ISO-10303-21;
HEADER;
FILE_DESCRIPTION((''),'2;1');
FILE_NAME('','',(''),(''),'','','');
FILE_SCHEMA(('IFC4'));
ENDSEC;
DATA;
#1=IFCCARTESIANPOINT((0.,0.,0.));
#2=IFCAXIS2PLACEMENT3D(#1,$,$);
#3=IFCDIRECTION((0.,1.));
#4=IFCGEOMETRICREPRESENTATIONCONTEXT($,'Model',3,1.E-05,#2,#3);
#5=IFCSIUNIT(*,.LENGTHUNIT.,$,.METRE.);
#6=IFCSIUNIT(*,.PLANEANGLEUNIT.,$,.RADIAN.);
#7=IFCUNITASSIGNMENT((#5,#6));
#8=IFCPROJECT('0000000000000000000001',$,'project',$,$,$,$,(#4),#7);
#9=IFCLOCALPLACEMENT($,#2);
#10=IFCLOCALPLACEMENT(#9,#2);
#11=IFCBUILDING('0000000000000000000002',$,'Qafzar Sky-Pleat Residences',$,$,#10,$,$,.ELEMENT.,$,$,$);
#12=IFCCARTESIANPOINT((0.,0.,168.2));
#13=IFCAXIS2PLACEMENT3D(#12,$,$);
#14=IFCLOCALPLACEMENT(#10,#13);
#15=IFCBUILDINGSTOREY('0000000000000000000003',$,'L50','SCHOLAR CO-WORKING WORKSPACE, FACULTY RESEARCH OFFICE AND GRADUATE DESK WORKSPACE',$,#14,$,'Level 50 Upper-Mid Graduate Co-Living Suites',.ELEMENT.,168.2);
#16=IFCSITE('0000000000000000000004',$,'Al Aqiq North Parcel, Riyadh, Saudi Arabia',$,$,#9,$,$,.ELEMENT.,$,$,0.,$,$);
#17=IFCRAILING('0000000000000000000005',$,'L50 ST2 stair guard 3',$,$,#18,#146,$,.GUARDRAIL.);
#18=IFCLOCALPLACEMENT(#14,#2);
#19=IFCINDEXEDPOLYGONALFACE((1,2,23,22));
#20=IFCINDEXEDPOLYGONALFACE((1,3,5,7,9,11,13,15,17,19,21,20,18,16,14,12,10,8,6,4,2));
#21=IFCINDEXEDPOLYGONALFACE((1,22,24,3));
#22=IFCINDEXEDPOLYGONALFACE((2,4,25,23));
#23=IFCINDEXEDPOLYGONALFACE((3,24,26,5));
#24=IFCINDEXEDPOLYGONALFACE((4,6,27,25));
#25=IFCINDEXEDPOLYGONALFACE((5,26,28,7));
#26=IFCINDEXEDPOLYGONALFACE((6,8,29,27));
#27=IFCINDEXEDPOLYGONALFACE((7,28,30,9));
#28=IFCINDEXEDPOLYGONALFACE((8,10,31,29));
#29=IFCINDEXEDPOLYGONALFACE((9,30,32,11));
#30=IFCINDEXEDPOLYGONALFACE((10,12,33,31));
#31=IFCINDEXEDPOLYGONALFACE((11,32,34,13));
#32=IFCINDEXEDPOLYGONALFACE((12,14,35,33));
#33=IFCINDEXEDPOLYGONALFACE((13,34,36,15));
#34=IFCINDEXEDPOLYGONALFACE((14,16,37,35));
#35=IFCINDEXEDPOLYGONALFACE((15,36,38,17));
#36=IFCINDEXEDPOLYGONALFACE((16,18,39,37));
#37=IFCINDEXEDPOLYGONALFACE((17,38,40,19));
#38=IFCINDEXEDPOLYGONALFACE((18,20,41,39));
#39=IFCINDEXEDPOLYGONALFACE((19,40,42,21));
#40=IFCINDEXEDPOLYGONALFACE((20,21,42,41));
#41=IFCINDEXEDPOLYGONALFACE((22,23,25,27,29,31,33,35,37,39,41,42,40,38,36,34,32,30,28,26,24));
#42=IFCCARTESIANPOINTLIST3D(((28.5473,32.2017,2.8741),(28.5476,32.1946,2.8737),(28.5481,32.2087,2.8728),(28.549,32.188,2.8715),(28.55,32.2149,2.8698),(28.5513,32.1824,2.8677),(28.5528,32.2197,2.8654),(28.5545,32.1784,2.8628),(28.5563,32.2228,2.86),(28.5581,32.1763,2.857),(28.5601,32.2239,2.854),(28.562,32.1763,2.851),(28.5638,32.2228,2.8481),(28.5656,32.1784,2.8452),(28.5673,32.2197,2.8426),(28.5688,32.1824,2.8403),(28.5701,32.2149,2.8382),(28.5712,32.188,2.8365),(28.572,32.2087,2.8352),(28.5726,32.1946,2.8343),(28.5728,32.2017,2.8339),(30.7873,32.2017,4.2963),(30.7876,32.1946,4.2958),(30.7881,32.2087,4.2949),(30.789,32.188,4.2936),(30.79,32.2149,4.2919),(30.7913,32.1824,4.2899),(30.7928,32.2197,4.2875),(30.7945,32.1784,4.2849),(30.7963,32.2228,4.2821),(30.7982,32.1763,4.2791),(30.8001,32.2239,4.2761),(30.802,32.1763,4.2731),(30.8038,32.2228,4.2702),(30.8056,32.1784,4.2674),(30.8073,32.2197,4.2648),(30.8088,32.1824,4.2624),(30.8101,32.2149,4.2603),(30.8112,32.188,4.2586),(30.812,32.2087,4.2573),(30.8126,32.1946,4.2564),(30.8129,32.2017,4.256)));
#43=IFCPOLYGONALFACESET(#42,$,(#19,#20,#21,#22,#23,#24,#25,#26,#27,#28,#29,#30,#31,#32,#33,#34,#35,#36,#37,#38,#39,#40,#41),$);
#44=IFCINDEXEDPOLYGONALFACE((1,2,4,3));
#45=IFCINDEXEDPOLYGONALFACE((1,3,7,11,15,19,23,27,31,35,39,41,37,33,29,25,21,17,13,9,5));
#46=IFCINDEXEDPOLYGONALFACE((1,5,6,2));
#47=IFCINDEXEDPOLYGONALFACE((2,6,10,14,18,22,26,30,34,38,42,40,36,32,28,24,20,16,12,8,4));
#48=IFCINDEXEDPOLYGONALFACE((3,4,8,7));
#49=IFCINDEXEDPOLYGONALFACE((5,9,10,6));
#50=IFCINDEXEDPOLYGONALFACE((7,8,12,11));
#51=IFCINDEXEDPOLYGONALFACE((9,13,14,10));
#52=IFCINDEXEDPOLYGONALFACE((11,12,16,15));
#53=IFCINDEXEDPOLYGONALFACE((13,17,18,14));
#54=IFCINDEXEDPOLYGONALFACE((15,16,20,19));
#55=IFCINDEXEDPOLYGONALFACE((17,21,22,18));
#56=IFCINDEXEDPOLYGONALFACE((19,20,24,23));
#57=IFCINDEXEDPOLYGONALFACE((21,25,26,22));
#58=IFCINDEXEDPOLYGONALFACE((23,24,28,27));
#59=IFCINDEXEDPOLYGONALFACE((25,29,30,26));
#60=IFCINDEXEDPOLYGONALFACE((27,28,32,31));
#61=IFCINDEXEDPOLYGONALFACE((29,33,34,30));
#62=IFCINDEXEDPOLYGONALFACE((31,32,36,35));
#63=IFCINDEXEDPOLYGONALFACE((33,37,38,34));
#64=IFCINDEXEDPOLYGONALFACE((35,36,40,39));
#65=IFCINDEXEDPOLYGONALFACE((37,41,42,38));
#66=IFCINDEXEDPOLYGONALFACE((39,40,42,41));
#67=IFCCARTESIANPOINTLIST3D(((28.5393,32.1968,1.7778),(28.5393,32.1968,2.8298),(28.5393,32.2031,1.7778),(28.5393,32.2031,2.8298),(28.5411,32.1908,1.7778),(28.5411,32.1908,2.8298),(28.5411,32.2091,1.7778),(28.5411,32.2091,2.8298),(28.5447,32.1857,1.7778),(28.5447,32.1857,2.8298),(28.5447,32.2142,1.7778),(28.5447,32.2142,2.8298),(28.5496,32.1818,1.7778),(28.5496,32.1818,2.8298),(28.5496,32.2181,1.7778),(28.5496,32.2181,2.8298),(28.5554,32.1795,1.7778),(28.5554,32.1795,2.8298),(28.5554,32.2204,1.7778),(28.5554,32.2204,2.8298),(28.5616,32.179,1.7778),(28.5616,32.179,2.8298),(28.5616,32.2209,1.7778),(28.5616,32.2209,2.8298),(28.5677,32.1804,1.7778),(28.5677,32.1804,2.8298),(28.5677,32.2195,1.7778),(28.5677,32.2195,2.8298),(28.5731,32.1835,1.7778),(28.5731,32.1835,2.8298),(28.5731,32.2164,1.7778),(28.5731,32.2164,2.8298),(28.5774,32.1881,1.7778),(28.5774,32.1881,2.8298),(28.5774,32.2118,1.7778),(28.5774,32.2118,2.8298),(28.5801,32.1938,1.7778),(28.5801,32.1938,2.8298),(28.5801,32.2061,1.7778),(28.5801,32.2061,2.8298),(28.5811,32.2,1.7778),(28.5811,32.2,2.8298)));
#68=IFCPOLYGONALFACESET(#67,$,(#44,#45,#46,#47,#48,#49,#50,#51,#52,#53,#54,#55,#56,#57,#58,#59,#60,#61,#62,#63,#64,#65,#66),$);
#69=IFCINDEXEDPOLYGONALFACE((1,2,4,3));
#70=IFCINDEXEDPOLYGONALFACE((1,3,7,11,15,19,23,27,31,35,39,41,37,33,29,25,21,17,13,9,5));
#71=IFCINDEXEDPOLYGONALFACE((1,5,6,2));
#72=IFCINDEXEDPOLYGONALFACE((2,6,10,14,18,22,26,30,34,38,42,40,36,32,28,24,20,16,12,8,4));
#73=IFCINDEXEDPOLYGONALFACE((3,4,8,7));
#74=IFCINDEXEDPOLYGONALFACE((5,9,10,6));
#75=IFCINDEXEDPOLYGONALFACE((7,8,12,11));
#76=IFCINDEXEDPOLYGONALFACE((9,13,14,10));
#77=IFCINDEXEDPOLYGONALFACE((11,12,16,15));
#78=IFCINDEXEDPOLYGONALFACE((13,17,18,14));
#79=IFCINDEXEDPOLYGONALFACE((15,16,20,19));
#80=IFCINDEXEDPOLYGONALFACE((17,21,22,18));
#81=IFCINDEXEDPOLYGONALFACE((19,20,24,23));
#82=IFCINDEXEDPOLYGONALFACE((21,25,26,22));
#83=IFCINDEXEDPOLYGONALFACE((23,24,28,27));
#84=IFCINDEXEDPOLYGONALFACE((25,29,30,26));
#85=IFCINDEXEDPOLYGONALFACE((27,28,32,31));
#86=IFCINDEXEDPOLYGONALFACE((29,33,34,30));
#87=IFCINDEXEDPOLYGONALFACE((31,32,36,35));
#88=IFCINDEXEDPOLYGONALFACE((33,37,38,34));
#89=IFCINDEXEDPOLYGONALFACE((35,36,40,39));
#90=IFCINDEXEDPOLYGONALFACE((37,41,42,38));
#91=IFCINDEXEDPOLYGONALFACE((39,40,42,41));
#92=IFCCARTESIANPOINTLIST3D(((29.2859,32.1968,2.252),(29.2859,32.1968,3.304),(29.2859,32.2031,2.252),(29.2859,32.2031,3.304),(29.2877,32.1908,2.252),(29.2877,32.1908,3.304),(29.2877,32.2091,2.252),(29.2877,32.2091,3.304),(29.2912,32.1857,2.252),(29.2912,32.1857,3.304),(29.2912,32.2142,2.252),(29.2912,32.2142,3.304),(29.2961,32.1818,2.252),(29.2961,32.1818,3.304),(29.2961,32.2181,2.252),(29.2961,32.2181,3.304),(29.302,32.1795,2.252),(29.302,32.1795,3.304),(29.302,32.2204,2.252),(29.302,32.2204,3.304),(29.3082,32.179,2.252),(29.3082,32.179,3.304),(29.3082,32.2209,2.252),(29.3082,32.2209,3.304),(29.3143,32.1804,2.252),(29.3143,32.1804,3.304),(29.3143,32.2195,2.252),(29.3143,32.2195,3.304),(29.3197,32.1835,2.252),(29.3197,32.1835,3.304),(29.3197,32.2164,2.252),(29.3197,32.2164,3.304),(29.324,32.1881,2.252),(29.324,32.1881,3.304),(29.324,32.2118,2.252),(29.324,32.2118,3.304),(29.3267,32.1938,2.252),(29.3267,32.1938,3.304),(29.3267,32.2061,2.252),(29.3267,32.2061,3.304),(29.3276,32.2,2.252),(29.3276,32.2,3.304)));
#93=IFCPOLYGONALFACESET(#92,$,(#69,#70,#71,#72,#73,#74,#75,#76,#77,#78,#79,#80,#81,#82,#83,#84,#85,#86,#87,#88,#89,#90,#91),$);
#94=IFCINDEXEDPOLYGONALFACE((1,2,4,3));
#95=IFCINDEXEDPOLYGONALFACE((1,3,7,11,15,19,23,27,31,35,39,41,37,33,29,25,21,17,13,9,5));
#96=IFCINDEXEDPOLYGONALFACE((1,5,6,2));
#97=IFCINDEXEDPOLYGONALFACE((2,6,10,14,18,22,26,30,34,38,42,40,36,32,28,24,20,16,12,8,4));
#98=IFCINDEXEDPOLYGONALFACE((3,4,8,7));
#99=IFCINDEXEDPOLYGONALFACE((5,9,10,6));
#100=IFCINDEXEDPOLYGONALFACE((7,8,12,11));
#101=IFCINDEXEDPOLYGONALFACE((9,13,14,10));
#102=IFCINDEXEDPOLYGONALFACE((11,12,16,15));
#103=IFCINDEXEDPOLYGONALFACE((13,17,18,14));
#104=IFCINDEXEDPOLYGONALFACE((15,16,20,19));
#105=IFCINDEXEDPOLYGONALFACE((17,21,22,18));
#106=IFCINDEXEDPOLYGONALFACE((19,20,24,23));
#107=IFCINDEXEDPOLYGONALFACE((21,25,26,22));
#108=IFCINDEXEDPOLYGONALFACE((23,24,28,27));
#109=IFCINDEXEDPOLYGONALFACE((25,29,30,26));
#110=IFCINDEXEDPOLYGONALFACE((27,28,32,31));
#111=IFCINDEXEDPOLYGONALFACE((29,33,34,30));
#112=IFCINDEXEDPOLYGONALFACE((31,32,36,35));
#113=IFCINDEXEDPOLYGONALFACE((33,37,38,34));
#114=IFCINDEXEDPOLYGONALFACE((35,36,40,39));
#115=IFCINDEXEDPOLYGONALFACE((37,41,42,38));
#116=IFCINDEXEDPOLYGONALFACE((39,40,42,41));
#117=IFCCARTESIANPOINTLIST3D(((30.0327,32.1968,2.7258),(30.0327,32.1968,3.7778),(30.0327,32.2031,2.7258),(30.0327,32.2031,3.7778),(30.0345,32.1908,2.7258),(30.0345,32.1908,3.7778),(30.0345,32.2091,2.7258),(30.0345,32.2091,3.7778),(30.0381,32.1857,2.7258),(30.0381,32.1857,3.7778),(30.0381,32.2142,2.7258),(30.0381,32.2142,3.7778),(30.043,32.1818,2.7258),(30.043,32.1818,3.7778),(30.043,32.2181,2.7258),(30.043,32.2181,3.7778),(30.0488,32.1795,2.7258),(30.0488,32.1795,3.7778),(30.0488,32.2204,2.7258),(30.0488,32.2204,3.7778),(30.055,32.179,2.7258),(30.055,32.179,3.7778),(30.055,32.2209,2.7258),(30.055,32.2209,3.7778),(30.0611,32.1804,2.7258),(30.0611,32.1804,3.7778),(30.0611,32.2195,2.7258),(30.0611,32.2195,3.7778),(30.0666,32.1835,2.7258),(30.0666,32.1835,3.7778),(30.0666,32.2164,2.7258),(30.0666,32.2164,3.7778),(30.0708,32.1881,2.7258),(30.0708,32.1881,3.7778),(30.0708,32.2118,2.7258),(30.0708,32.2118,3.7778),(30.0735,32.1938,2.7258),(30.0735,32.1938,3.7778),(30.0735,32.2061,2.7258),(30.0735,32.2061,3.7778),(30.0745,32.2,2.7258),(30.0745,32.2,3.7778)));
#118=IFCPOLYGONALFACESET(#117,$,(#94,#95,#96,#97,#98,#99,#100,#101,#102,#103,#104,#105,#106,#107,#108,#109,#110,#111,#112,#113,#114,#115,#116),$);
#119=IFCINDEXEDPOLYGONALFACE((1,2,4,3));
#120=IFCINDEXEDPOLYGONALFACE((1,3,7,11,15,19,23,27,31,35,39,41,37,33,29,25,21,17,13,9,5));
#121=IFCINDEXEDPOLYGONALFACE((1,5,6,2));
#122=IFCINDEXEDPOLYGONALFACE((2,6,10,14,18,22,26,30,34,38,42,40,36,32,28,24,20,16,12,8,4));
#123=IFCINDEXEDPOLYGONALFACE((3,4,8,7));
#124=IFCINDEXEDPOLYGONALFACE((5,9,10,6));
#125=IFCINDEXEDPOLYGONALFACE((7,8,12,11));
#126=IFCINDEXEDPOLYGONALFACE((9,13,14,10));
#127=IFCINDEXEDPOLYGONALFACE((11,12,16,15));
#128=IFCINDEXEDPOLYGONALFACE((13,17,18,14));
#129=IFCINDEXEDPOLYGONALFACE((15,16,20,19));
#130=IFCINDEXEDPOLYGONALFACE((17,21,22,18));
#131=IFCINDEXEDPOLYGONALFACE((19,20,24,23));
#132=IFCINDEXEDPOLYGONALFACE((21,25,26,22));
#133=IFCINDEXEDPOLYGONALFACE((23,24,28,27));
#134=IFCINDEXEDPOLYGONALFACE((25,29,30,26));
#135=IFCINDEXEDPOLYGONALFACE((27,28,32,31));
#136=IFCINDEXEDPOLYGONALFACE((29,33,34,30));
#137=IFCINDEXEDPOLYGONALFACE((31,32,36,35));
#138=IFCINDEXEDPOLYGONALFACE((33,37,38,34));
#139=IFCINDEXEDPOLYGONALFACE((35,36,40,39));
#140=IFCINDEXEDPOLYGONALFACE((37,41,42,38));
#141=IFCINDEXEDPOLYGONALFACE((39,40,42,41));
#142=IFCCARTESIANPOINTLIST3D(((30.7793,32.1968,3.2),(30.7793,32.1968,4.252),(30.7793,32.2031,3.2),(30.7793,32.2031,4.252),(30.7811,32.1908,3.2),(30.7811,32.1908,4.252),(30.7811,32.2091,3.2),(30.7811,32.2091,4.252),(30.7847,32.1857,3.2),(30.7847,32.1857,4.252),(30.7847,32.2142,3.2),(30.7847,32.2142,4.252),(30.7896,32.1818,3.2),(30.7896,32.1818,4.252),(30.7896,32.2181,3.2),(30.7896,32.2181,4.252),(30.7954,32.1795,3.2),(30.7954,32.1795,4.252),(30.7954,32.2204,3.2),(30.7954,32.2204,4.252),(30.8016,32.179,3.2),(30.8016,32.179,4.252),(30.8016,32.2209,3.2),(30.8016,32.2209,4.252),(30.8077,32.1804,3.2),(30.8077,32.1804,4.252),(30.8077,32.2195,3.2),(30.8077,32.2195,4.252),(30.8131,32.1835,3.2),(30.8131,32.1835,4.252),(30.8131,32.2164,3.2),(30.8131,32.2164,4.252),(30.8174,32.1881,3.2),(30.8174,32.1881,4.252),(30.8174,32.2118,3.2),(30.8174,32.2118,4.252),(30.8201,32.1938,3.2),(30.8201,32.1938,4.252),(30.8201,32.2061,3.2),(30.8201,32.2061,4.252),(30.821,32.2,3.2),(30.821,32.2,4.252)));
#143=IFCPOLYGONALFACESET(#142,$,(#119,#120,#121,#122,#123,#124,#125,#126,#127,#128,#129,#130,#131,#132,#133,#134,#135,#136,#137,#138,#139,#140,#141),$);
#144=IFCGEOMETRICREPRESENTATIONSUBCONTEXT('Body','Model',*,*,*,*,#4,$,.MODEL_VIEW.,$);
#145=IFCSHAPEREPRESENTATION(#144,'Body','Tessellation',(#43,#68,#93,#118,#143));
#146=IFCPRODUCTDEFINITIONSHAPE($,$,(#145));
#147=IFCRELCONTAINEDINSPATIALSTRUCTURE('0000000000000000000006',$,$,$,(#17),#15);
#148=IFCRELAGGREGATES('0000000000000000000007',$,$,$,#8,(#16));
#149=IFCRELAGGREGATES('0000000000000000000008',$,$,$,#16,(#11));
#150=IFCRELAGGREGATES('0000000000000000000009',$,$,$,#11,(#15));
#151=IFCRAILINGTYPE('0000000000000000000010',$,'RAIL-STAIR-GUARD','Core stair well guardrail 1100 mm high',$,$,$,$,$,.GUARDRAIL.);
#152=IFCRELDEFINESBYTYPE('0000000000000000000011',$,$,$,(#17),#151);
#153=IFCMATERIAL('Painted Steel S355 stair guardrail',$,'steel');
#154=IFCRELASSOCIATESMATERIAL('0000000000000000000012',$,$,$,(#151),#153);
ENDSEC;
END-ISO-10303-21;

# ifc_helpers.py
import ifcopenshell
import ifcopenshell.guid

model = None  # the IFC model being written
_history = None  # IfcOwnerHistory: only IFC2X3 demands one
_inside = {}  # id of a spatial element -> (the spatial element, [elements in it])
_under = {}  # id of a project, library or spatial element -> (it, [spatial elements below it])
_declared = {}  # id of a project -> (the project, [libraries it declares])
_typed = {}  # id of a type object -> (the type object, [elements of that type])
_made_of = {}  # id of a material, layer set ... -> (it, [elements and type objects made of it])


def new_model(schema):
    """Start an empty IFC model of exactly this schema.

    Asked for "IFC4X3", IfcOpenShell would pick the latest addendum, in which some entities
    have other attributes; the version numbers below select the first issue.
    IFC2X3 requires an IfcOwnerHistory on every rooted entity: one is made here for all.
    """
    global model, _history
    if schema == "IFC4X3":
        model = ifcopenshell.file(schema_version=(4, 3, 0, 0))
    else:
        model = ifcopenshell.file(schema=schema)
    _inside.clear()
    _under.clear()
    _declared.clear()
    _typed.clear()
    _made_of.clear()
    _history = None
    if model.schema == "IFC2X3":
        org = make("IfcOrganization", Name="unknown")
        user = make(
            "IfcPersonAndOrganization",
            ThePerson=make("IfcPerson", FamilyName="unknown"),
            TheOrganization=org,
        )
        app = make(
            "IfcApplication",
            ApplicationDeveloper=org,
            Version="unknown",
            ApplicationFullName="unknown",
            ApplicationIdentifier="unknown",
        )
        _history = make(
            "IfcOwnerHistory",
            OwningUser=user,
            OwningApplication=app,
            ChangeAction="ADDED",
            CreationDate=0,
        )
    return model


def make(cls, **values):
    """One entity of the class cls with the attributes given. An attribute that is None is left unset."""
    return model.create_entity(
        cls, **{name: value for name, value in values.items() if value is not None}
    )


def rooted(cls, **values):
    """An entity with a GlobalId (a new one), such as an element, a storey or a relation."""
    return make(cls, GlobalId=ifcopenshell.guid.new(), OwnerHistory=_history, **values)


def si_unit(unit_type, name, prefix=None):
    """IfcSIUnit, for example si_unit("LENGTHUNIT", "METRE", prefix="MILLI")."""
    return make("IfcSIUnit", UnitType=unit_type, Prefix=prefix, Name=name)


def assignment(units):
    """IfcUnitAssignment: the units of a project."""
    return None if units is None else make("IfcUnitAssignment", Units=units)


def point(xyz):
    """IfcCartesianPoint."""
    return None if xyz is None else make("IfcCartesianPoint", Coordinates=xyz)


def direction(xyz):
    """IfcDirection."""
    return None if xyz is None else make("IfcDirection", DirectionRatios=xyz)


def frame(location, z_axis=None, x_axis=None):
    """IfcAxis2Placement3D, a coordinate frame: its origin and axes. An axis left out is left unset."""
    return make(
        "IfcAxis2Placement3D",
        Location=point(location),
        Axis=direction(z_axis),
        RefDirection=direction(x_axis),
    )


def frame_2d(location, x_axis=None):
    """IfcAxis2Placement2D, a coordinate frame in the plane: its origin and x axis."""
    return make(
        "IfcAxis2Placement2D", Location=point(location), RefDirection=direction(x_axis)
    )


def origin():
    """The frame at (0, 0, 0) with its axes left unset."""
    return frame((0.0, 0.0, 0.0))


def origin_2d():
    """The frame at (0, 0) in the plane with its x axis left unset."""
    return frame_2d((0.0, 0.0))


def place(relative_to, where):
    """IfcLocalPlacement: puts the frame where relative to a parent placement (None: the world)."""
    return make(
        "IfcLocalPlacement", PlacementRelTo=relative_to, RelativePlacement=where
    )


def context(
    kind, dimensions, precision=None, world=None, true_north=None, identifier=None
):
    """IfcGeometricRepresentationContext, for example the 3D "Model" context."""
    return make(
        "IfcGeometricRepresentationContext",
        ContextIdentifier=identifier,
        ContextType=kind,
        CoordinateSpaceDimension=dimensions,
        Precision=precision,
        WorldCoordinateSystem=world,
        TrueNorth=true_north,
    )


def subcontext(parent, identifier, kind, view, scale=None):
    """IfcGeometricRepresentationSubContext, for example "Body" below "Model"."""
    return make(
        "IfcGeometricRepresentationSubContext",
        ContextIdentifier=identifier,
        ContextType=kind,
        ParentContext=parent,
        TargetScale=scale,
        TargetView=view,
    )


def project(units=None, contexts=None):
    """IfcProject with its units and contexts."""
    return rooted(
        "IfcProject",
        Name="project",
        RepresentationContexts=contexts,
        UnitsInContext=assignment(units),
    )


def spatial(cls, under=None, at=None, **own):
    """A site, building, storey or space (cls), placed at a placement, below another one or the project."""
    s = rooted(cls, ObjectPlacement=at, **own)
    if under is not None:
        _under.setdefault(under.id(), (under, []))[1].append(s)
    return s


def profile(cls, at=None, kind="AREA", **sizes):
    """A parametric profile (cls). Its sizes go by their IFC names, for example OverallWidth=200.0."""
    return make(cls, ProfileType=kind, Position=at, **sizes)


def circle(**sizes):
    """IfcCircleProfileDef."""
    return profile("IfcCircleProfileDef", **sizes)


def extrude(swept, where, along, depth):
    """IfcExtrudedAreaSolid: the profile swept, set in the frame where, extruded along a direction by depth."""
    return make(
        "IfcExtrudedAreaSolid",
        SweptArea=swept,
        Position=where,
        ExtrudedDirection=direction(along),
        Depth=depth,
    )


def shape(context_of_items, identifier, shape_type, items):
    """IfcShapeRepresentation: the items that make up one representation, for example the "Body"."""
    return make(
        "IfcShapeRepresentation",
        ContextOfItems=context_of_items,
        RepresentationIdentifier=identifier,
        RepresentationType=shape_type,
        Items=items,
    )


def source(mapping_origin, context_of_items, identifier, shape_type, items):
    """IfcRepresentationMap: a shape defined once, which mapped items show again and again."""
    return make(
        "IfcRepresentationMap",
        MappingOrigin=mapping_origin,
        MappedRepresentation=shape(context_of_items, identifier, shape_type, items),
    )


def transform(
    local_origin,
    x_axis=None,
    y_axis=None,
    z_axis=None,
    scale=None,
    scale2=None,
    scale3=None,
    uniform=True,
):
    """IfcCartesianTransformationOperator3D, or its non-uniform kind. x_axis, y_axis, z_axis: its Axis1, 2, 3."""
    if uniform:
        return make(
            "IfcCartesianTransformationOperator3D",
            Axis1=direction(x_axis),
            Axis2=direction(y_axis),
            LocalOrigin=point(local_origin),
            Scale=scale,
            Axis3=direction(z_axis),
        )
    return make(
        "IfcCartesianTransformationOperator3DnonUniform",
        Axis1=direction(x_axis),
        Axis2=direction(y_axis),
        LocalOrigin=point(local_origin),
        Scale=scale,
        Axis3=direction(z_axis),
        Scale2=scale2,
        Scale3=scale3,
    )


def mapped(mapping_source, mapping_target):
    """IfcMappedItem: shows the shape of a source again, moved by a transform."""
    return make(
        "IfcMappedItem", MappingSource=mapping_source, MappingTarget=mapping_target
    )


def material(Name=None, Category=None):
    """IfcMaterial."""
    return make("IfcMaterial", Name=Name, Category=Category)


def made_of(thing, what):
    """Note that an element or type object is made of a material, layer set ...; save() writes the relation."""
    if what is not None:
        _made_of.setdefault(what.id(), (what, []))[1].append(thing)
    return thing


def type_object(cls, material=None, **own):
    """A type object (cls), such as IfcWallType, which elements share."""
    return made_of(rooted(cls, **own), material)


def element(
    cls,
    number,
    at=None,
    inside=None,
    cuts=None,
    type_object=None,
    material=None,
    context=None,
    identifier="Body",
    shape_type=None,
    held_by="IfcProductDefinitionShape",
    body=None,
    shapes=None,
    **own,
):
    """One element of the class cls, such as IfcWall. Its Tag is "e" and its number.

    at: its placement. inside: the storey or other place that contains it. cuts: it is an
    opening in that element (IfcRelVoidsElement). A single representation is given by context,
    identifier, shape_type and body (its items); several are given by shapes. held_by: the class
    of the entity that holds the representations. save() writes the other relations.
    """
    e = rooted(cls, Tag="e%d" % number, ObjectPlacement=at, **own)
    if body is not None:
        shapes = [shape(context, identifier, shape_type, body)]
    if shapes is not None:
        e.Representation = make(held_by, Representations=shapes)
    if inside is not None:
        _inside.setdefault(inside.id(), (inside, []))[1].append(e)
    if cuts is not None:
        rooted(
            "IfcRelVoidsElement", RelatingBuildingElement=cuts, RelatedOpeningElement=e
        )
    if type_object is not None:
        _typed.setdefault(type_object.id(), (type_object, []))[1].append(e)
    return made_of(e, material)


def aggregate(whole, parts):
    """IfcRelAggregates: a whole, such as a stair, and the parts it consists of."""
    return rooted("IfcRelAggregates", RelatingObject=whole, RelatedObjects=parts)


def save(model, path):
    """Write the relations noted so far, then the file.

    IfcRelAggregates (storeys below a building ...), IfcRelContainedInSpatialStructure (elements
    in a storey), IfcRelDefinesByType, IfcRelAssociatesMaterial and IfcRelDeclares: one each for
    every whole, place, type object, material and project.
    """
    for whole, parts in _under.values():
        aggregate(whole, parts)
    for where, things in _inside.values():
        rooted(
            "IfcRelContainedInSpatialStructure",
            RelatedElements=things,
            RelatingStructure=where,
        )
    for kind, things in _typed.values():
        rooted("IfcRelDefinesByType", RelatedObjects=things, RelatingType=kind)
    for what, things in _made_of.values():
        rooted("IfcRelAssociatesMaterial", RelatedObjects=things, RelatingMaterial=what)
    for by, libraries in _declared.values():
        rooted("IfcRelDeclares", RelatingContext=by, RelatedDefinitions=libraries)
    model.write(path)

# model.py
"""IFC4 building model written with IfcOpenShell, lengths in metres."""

from ifc_helpers import new_model, si_unit, direction, frame, origin, origin_2d, place, context, subcontext, project, spatial, circle, extrude, source, transform, mapped, material, type_object, element, save


model = new_model("IFC4")

# Units and contexts
model_context = context("Model", 3, precision=1e-05, world=origin(), true_north=direction((0.0, 1.0)))
body_context = subcontext(model_context, "Body", "Model", "MODEL_VIEW")
ifc_project = project(units=[si_unit("LENGTHUNIT", "METRE"), si_unit("PLANEANGLEUNIT", "RADIAN")], contexts=[model_context])

# Site, building, storey
site_placement = place(None, origin())
site = spatial("IfcSite", under=ifc_project, at=site_placement, Name="Al Aqiq North Parcel, Riyadh, Saudi Arabia", CompositionType="ELEMENT", RefElevation=0.0)
building_placement = place(site_placement, origin())
building = spatial("IfcBuilding", under=site, at=building_placement, Name="Qafzar Sky-Pleat Residences", CompositionType="ELEMENT")
storey_placement = place(building_placement, frame((0.0, 0.0, 168.2)))
storey = spatial("IfcBuildingStorey", under=building, at=storey_placement, Name="L50", Description="SCHOLAR CO-WORKING WORKSPACE, FACULTY RESEARCH OFFICE AND GRADUATE DESK WORKSPACE", LongName="Level 50 Upper-Mid Graduate Co-Living Suites", CompositionType="ELEMENT", Elevation=168.2)

# Railing
ifc_material_1 = material(Name="Painted Steel S355 stair guardrail", Category="steel")
railing_type_1 = type_object("IfcRailingType", Name="RAIL-STAIR-GUARD", Description="Core stair well guardrail 1100 mm high", PredefinedType="GUARDRAIL", material=ifc_material_1)
shared_shape_1 = source(origin(), body_context, "Body", "SweptSolid", [
    extrude(circle(Radius=0.0239, at=origin_2d()), frame((0.0, 0.0, 1.0762), z_axis=(0.844229, 0.0, 0.535982), x_axis=(0.0, 1.0, 0.0)), (0.0, 0.0, 1.0), 2.6533),
    extrude(circle(Radius=0.021, at=origin_2d()), origin(), (0.0, 0.0, 1.0), 1.052),
    extrude(circle(Radius=0.021, at=origin_2d()), frame((0.7466, 0.0, 0.4741)), (0.0, 0.0, 1.0), 1.052),
    extrude(circle(Radius=0.021, at=origin_2d()), frame((1.4934, 0.0, 0.948)), (0.0, 0.0, 1.0), 1.052),
    extrude(circle(Radius=0.021, at=origin_2d()), frame((2.24, 0.0, 1.4221)), (0.0, 0.0, 1.0), 1.052),
])
railing_1_placement = place(storey_placement, frame((28.5601, 32.2, 1.7778)))
element("IfcRailing", 1, at=railing_1_placement, inside=storey, type_object=railing_type_1, Name="L50 ST2 stair guard 3", PredefinedType="GUARDRAIL", context=body_context, shape_type="MappedRepresentation", body=[
    mapped(shared_shape_1, transform((0.0, 0.0, 0.0), x_axis=(1.0, 0.0, 0.0), y_axis=(0.0, 1.0, 0.0), z_axis=(0.0, 0.0, 1.0), scale=1.0)),
])

save(model, "model.ifc")
